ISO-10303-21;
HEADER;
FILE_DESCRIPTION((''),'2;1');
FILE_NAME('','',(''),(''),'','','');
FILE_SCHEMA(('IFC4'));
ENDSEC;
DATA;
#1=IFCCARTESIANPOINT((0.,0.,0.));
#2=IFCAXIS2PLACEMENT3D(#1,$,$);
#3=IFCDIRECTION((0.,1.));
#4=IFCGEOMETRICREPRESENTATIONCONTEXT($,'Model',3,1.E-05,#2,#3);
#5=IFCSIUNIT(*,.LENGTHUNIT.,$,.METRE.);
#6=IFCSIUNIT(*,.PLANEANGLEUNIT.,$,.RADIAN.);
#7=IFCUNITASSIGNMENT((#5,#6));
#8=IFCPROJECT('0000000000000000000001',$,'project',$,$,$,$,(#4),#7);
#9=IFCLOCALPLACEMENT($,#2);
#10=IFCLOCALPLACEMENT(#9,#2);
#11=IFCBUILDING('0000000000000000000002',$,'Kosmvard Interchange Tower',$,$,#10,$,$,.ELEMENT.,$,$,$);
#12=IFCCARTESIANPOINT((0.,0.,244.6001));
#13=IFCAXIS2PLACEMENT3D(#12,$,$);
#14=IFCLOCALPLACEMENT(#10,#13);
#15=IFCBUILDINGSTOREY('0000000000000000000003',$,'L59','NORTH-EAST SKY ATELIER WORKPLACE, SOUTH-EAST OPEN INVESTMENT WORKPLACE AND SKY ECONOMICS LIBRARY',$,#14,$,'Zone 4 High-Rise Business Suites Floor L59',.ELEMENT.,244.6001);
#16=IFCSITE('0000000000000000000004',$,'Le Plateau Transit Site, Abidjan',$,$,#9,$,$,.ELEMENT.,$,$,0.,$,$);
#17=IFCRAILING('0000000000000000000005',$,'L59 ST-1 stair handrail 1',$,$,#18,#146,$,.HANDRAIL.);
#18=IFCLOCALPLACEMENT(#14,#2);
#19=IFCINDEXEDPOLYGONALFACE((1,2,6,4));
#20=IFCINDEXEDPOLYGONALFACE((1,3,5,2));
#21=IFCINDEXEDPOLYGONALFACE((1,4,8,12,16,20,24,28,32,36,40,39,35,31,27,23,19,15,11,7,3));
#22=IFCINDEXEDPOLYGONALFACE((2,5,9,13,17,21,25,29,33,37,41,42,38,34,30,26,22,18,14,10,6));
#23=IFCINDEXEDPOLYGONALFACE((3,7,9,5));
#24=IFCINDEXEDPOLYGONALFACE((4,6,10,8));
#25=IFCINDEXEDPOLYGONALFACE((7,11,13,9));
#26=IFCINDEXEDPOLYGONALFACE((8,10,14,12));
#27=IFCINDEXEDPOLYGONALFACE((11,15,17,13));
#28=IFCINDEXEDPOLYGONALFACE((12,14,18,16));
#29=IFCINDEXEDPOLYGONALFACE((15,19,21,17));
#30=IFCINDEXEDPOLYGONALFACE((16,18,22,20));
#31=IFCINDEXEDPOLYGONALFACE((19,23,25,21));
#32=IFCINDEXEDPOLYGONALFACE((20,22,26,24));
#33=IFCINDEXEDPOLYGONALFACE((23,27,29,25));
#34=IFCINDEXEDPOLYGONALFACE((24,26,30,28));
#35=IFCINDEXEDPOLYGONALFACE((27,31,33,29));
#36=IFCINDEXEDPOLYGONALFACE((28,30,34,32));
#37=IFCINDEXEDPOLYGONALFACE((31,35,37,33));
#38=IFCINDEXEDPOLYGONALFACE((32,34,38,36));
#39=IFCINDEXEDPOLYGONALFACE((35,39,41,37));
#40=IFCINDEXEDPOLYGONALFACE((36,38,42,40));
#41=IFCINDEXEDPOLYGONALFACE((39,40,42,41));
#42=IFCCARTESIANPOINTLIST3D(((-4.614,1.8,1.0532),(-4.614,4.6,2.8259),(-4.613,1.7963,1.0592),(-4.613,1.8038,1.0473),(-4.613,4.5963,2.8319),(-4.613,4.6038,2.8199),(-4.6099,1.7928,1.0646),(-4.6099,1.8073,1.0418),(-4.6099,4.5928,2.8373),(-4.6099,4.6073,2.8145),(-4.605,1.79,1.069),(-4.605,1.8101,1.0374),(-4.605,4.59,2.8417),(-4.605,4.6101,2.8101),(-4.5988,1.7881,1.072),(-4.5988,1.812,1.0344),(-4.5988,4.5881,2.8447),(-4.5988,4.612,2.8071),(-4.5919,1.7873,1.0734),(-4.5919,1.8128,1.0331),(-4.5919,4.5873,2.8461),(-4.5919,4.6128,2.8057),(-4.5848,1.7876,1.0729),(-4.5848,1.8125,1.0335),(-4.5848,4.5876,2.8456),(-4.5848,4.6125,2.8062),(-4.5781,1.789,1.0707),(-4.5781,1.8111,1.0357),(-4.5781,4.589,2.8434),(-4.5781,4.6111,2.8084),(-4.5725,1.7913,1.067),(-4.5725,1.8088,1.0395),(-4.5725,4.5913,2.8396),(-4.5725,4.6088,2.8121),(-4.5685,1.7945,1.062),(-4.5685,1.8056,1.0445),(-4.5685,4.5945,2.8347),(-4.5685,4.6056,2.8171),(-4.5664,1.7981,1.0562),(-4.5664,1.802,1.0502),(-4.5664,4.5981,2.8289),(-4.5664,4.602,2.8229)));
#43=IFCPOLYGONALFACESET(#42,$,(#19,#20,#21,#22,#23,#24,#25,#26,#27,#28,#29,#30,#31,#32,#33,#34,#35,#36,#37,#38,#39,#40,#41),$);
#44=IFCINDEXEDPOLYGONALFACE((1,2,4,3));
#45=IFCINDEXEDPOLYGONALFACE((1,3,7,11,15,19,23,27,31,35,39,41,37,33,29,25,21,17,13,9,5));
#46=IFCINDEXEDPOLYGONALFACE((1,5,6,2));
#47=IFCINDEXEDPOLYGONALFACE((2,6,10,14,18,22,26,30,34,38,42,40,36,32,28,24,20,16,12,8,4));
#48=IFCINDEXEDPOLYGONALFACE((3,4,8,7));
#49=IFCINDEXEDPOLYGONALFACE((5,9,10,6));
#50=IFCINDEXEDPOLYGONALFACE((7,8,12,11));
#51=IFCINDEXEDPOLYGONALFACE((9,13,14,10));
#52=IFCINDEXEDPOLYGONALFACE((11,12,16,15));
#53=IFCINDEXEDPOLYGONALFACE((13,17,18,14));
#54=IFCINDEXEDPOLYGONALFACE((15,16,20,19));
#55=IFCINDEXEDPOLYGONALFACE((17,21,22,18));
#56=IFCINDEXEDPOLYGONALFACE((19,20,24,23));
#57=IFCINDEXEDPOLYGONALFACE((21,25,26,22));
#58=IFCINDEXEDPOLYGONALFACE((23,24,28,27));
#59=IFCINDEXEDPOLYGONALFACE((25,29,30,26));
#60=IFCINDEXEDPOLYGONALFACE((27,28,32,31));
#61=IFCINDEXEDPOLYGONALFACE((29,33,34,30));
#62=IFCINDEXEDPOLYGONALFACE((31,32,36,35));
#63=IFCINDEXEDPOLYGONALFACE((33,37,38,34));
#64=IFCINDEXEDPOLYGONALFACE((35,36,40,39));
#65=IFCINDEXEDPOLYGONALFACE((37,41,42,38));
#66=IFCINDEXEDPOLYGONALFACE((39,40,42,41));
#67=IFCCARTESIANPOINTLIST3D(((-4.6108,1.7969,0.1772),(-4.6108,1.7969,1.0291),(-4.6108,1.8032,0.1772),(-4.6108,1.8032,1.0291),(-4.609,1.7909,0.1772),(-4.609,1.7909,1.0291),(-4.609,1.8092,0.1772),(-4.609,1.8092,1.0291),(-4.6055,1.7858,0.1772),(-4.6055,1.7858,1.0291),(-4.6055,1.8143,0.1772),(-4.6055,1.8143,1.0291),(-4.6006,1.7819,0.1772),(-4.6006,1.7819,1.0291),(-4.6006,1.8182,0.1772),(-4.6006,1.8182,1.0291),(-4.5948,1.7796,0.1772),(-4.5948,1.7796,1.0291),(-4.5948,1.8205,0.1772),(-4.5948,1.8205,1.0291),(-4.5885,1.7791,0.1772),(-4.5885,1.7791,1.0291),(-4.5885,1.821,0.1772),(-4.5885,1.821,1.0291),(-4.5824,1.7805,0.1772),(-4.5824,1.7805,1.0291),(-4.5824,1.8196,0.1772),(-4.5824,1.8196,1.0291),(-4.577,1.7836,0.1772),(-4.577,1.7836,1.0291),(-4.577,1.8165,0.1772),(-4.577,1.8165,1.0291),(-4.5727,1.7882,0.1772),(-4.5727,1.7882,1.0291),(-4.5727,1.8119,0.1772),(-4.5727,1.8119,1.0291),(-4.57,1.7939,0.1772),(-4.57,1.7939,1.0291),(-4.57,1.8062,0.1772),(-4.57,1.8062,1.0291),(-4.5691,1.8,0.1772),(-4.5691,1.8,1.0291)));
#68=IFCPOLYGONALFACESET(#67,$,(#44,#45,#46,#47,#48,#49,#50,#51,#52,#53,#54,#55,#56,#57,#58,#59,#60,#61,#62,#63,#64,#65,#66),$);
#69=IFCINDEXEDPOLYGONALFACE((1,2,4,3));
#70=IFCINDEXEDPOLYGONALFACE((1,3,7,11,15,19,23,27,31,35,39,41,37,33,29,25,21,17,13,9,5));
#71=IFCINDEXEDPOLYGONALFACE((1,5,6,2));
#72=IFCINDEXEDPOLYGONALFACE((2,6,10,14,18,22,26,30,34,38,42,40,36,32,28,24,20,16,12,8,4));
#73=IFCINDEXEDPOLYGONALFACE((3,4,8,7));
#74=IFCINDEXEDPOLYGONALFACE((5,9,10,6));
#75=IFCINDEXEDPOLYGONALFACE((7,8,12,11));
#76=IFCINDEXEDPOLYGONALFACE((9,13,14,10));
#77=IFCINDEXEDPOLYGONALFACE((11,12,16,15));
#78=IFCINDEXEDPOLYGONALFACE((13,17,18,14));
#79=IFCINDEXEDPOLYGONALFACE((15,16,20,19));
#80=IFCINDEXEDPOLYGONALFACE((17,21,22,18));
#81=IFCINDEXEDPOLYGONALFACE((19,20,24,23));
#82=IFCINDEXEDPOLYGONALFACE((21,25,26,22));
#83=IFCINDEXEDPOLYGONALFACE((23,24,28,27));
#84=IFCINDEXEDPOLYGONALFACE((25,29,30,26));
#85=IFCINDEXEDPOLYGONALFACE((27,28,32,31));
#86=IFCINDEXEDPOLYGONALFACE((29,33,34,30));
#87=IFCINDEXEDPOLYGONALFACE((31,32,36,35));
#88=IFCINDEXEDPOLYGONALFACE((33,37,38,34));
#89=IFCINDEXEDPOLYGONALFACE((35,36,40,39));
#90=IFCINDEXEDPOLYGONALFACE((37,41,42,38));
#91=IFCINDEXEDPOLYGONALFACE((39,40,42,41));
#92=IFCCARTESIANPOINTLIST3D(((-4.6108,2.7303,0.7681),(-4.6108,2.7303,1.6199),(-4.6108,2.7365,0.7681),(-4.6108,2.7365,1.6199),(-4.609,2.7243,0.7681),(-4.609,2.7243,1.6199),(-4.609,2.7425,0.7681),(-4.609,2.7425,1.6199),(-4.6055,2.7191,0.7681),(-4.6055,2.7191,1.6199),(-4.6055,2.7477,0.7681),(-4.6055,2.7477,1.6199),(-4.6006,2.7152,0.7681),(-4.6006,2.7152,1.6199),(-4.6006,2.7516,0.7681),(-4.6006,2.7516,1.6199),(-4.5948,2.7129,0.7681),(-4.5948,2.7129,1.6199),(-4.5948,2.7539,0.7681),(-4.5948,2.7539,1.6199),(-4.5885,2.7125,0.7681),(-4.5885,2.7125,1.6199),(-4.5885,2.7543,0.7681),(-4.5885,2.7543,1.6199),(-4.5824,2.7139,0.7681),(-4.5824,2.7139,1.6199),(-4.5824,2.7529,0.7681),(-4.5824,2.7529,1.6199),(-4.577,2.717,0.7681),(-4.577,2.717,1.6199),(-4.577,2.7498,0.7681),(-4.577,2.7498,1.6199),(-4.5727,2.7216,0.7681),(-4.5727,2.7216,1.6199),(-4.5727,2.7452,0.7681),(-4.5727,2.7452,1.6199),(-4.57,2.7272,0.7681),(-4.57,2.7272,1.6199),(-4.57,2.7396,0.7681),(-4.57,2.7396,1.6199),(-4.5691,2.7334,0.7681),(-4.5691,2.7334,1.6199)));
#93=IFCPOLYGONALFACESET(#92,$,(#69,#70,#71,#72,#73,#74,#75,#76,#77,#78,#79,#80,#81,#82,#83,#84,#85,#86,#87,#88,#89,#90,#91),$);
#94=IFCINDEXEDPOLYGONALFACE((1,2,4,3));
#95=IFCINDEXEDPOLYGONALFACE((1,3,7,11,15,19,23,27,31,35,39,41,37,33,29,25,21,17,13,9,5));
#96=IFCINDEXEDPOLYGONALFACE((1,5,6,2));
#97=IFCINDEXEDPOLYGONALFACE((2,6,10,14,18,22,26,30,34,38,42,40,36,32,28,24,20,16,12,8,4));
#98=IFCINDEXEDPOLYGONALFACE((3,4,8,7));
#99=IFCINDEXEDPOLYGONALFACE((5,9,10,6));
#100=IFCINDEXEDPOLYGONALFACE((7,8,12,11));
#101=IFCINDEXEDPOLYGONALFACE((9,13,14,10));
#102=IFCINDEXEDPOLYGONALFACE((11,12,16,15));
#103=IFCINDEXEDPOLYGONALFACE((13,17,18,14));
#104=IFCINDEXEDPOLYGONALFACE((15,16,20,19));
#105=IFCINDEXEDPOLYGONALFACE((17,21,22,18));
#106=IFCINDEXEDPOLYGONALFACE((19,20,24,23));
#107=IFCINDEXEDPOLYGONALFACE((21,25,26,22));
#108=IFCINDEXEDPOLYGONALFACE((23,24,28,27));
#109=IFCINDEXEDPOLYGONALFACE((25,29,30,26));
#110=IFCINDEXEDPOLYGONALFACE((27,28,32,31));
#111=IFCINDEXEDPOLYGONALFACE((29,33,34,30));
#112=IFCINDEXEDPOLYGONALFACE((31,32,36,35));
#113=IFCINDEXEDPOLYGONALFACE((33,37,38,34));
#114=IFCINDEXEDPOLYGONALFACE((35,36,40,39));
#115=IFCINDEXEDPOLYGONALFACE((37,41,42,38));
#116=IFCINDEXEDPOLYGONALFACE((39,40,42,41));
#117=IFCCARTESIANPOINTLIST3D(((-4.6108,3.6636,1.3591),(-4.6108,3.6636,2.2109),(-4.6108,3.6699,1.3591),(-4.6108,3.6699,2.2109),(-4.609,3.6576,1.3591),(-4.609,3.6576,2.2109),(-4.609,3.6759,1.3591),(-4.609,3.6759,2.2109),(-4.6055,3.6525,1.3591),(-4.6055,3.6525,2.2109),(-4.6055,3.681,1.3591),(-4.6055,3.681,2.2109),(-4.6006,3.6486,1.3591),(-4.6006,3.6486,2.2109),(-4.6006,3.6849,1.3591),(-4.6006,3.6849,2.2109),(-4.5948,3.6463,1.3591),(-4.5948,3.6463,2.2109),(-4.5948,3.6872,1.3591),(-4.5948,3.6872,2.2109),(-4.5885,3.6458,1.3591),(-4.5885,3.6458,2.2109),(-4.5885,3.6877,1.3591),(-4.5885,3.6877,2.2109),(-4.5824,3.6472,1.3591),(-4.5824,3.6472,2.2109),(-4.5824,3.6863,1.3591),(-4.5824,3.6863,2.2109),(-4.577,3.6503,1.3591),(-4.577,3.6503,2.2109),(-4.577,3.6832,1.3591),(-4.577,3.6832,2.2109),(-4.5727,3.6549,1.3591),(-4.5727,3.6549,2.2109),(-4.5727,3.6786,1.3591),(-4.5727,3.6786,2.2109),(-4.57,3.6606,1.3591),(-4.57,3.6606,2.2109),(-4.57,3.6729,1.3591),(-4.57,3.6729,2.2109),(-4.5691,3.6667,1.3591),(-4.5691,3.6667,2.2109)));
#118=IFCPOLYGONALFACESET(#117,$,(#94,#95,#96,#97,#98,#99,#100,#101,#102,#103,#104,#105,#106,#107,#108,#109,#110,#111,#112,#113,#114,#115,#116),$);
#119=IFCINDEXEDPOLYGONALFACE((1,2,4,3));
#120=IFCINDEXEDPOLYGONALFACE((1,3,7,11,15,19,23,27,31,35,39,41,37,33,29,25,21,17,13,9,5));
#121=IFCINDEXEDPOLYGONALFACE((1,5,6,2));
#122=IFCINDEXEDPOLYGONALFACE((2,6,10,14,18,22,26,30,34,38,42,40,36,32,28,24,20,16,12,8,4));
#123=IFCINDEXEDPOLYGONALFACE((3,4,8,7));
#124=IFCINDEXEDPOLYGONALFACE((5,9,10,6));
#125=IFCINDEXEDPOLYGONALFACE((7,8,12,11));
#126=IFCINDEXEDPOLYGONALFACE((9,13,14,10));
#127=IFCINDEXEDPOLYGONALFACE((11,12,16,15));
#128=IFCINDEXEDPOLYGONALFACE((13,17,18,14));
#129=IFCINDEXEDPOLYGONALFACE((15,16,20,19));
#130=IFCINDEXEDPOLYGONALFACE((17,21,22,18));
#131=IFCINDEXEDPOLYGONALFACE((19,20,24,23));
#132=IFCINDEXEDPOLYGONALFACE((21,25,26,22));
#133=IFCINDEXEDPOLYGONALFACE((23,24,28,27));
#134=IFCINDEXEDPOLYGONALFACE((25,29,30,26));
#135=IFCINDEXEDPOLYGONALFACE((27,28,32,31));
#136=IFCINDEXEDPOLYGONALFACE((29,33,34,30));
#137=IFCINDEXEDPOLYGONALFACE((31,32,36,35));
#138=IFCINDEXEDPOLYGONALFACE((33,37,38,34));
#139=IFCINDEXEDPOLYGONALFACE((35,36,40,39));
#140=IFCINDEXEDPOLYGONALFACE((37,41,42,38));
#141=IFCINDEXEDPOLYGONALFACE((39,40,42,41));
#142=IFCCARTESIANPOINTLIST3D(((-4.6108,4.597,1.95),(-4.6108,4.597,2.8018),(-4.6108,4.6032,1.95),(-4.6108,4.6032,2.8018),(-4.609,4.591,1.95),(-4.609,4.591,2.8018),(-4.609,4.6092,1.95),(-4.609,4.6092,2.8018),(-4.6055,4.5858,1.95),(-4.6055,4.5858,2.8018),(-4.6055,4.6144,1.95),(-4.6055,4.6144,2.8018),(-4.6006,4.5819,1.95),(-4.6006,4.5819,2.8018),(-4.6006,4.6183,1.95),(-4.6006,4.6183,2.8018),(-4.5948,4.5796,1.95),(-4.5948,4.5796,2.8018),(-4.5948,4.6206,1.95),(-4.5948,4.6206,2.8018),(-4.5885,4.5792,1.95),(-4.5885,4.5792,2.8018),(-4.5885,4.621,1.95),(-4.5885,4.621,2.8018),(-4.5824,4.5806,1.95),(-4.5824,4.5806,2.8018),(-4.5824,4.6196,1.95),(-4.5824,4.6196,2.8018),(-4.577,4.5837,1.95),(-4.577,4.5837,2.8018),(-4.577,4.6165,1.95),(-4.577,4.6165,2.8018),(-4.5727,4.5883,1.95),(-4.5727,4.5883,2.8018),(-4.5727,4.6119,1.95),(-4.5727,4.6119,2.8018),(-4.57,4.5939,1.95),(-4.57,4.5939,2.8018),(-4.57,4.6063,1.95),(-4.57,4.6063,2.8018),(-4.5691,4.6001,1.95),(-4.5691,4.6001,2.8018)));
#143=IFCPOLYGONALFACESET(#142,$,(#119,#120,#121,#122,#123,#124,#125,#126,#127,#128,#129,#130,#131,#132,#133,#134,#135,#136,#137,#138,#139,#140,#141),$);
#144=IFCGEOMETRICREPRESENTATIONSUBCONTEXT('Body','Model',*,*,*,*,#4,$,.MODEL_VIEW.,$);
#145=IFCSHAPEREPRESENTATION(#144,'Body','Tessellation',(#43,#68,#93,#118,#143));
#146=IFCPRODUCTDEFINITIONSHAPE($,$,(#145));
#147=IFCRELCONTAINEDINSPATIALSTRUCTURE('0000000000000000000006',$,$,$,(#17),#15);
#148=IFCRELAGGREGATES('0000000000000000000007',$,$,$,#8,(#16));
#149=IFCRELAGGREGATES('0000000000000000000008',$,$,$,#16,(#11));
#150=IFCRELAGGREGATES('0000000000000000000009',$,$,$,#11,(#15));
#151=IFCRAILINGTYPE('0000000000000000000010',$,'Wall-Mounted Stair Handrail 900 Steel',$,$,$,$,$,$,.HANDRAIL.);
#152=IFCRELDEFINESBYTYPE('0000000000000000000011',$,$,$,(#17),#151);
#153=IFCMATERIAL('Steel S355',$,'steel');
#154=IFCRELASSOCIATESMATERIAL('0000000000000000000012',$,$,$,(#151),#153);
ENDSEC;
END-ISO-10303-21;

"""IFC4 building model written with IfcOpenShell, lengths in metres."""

from ifc_helpers import new_model, si_unit, direction, frame, origin, origin_2d, place, context, subcontext, project, spatial, circle, extrude, source, transform, mapped, material, type_object, element, save


model = new_model("IFC4")

# Units and contexts
model_context = context("Model", 3, precision=1e-05, world=origin(), true_north=direction((0.0, 1.0)))
body_context = subcontext(model_context, "Body", "Model", "MODEL_VIEW")
ifc_project = project(units=[si_unit("LENGTHUNIT", "METRE"), si_unit("PLANEANGLEUNIT", "RADIAN")], contexts=[model_context])

# Site, building, storey
site_placement = place(None, origin())
site = spatial("IfcSite", under=ifc_project, at=site_placement, Name="Le Plateau Transit Site, Abidjan", CompositionType="ELEMENT", RefElevation=0.0)
building_placement = place(site_placement, origin())
building = spatial("IfcBuilding", under=site, at=building_placement, Name="Kosmvard Interchange Tower", CompositionType="ELEMENT")
storey_placement = place(building_placement, frame((0.0, 0.0, 244.6001)))
storey = spatial("IfcBuildingStorey", under=building, at=storey_placement, Name="L59", Description="NORTH-EAST SKY ATELIER WORKPLACE, SOUTH-EAST OPEN INVESTMENT WORKPLACE AND SKY ECONOMICS LIBRARY", LongName="Zone 4 High-Rise Business Suites Floor L59", CompositionType="ELEMENT", Elevation=244.6001)

# Shared definitions
ifc_material_1 = material(Name="Steel S355", Category="steel")

# Railing
railing_type_1 = type_object("IfcRailingType", Name="Wall-Mounted Stair Handrail 900 Steel", PredefinedType="HANDRAIL", material=ifc_material_1)
shared_shape_1 = source(origin(), body_context, "Body", "SweptSolid", [
    extrude(circle(Radius=0.0239, at=origin_2d()), frame((0.0, 0.0, 0.876), z_axis=(0.0, 0.844909, 0.53491), x_axis=(-1.0, 0.0, 0.0)), (0.0, 0.0, 1.0), 3.314),
    extrude(circle(Radius=0.021, at=origin_2d()), origin(), (0.0, 0.0, 1.0), 0.8518),
    extrude(circle(Radius=0.021, at=origin_2d()), frame((0.0, 0.9333, 0.5908)), (0.0, 0.0, 1.0), 0.8518),
    extrude(circle(Radius=0.021, at=origin_2d()), frame((0.0, 1.8667, 1.1819)), (0.0, 0.0, 1.0), 0.8518),
    extrude(circle(Radius=0.021, at=origin_2d()), frame((0.0, 2.8, 1.7727)), (0.0, 0.0, 1.0), 0.8518),
])
railing_1_placement = place(storey_placement, frame((-4.5901, 1.8, 0.1772)))
element("IfcRailing", 1, at=railing_1_placement, inside=storey, type_object=railing_type_1, Name="L59 ST-1 stair handrail 1", PredefinedType="HANDRAIL", context=body_context, shape_type="MappedRepresentation", body=[
    mapped(shared_shape_1, transform((0.0, 0.0, 0.0), scale=1.0)),
])

save(model, "model.ifc")
